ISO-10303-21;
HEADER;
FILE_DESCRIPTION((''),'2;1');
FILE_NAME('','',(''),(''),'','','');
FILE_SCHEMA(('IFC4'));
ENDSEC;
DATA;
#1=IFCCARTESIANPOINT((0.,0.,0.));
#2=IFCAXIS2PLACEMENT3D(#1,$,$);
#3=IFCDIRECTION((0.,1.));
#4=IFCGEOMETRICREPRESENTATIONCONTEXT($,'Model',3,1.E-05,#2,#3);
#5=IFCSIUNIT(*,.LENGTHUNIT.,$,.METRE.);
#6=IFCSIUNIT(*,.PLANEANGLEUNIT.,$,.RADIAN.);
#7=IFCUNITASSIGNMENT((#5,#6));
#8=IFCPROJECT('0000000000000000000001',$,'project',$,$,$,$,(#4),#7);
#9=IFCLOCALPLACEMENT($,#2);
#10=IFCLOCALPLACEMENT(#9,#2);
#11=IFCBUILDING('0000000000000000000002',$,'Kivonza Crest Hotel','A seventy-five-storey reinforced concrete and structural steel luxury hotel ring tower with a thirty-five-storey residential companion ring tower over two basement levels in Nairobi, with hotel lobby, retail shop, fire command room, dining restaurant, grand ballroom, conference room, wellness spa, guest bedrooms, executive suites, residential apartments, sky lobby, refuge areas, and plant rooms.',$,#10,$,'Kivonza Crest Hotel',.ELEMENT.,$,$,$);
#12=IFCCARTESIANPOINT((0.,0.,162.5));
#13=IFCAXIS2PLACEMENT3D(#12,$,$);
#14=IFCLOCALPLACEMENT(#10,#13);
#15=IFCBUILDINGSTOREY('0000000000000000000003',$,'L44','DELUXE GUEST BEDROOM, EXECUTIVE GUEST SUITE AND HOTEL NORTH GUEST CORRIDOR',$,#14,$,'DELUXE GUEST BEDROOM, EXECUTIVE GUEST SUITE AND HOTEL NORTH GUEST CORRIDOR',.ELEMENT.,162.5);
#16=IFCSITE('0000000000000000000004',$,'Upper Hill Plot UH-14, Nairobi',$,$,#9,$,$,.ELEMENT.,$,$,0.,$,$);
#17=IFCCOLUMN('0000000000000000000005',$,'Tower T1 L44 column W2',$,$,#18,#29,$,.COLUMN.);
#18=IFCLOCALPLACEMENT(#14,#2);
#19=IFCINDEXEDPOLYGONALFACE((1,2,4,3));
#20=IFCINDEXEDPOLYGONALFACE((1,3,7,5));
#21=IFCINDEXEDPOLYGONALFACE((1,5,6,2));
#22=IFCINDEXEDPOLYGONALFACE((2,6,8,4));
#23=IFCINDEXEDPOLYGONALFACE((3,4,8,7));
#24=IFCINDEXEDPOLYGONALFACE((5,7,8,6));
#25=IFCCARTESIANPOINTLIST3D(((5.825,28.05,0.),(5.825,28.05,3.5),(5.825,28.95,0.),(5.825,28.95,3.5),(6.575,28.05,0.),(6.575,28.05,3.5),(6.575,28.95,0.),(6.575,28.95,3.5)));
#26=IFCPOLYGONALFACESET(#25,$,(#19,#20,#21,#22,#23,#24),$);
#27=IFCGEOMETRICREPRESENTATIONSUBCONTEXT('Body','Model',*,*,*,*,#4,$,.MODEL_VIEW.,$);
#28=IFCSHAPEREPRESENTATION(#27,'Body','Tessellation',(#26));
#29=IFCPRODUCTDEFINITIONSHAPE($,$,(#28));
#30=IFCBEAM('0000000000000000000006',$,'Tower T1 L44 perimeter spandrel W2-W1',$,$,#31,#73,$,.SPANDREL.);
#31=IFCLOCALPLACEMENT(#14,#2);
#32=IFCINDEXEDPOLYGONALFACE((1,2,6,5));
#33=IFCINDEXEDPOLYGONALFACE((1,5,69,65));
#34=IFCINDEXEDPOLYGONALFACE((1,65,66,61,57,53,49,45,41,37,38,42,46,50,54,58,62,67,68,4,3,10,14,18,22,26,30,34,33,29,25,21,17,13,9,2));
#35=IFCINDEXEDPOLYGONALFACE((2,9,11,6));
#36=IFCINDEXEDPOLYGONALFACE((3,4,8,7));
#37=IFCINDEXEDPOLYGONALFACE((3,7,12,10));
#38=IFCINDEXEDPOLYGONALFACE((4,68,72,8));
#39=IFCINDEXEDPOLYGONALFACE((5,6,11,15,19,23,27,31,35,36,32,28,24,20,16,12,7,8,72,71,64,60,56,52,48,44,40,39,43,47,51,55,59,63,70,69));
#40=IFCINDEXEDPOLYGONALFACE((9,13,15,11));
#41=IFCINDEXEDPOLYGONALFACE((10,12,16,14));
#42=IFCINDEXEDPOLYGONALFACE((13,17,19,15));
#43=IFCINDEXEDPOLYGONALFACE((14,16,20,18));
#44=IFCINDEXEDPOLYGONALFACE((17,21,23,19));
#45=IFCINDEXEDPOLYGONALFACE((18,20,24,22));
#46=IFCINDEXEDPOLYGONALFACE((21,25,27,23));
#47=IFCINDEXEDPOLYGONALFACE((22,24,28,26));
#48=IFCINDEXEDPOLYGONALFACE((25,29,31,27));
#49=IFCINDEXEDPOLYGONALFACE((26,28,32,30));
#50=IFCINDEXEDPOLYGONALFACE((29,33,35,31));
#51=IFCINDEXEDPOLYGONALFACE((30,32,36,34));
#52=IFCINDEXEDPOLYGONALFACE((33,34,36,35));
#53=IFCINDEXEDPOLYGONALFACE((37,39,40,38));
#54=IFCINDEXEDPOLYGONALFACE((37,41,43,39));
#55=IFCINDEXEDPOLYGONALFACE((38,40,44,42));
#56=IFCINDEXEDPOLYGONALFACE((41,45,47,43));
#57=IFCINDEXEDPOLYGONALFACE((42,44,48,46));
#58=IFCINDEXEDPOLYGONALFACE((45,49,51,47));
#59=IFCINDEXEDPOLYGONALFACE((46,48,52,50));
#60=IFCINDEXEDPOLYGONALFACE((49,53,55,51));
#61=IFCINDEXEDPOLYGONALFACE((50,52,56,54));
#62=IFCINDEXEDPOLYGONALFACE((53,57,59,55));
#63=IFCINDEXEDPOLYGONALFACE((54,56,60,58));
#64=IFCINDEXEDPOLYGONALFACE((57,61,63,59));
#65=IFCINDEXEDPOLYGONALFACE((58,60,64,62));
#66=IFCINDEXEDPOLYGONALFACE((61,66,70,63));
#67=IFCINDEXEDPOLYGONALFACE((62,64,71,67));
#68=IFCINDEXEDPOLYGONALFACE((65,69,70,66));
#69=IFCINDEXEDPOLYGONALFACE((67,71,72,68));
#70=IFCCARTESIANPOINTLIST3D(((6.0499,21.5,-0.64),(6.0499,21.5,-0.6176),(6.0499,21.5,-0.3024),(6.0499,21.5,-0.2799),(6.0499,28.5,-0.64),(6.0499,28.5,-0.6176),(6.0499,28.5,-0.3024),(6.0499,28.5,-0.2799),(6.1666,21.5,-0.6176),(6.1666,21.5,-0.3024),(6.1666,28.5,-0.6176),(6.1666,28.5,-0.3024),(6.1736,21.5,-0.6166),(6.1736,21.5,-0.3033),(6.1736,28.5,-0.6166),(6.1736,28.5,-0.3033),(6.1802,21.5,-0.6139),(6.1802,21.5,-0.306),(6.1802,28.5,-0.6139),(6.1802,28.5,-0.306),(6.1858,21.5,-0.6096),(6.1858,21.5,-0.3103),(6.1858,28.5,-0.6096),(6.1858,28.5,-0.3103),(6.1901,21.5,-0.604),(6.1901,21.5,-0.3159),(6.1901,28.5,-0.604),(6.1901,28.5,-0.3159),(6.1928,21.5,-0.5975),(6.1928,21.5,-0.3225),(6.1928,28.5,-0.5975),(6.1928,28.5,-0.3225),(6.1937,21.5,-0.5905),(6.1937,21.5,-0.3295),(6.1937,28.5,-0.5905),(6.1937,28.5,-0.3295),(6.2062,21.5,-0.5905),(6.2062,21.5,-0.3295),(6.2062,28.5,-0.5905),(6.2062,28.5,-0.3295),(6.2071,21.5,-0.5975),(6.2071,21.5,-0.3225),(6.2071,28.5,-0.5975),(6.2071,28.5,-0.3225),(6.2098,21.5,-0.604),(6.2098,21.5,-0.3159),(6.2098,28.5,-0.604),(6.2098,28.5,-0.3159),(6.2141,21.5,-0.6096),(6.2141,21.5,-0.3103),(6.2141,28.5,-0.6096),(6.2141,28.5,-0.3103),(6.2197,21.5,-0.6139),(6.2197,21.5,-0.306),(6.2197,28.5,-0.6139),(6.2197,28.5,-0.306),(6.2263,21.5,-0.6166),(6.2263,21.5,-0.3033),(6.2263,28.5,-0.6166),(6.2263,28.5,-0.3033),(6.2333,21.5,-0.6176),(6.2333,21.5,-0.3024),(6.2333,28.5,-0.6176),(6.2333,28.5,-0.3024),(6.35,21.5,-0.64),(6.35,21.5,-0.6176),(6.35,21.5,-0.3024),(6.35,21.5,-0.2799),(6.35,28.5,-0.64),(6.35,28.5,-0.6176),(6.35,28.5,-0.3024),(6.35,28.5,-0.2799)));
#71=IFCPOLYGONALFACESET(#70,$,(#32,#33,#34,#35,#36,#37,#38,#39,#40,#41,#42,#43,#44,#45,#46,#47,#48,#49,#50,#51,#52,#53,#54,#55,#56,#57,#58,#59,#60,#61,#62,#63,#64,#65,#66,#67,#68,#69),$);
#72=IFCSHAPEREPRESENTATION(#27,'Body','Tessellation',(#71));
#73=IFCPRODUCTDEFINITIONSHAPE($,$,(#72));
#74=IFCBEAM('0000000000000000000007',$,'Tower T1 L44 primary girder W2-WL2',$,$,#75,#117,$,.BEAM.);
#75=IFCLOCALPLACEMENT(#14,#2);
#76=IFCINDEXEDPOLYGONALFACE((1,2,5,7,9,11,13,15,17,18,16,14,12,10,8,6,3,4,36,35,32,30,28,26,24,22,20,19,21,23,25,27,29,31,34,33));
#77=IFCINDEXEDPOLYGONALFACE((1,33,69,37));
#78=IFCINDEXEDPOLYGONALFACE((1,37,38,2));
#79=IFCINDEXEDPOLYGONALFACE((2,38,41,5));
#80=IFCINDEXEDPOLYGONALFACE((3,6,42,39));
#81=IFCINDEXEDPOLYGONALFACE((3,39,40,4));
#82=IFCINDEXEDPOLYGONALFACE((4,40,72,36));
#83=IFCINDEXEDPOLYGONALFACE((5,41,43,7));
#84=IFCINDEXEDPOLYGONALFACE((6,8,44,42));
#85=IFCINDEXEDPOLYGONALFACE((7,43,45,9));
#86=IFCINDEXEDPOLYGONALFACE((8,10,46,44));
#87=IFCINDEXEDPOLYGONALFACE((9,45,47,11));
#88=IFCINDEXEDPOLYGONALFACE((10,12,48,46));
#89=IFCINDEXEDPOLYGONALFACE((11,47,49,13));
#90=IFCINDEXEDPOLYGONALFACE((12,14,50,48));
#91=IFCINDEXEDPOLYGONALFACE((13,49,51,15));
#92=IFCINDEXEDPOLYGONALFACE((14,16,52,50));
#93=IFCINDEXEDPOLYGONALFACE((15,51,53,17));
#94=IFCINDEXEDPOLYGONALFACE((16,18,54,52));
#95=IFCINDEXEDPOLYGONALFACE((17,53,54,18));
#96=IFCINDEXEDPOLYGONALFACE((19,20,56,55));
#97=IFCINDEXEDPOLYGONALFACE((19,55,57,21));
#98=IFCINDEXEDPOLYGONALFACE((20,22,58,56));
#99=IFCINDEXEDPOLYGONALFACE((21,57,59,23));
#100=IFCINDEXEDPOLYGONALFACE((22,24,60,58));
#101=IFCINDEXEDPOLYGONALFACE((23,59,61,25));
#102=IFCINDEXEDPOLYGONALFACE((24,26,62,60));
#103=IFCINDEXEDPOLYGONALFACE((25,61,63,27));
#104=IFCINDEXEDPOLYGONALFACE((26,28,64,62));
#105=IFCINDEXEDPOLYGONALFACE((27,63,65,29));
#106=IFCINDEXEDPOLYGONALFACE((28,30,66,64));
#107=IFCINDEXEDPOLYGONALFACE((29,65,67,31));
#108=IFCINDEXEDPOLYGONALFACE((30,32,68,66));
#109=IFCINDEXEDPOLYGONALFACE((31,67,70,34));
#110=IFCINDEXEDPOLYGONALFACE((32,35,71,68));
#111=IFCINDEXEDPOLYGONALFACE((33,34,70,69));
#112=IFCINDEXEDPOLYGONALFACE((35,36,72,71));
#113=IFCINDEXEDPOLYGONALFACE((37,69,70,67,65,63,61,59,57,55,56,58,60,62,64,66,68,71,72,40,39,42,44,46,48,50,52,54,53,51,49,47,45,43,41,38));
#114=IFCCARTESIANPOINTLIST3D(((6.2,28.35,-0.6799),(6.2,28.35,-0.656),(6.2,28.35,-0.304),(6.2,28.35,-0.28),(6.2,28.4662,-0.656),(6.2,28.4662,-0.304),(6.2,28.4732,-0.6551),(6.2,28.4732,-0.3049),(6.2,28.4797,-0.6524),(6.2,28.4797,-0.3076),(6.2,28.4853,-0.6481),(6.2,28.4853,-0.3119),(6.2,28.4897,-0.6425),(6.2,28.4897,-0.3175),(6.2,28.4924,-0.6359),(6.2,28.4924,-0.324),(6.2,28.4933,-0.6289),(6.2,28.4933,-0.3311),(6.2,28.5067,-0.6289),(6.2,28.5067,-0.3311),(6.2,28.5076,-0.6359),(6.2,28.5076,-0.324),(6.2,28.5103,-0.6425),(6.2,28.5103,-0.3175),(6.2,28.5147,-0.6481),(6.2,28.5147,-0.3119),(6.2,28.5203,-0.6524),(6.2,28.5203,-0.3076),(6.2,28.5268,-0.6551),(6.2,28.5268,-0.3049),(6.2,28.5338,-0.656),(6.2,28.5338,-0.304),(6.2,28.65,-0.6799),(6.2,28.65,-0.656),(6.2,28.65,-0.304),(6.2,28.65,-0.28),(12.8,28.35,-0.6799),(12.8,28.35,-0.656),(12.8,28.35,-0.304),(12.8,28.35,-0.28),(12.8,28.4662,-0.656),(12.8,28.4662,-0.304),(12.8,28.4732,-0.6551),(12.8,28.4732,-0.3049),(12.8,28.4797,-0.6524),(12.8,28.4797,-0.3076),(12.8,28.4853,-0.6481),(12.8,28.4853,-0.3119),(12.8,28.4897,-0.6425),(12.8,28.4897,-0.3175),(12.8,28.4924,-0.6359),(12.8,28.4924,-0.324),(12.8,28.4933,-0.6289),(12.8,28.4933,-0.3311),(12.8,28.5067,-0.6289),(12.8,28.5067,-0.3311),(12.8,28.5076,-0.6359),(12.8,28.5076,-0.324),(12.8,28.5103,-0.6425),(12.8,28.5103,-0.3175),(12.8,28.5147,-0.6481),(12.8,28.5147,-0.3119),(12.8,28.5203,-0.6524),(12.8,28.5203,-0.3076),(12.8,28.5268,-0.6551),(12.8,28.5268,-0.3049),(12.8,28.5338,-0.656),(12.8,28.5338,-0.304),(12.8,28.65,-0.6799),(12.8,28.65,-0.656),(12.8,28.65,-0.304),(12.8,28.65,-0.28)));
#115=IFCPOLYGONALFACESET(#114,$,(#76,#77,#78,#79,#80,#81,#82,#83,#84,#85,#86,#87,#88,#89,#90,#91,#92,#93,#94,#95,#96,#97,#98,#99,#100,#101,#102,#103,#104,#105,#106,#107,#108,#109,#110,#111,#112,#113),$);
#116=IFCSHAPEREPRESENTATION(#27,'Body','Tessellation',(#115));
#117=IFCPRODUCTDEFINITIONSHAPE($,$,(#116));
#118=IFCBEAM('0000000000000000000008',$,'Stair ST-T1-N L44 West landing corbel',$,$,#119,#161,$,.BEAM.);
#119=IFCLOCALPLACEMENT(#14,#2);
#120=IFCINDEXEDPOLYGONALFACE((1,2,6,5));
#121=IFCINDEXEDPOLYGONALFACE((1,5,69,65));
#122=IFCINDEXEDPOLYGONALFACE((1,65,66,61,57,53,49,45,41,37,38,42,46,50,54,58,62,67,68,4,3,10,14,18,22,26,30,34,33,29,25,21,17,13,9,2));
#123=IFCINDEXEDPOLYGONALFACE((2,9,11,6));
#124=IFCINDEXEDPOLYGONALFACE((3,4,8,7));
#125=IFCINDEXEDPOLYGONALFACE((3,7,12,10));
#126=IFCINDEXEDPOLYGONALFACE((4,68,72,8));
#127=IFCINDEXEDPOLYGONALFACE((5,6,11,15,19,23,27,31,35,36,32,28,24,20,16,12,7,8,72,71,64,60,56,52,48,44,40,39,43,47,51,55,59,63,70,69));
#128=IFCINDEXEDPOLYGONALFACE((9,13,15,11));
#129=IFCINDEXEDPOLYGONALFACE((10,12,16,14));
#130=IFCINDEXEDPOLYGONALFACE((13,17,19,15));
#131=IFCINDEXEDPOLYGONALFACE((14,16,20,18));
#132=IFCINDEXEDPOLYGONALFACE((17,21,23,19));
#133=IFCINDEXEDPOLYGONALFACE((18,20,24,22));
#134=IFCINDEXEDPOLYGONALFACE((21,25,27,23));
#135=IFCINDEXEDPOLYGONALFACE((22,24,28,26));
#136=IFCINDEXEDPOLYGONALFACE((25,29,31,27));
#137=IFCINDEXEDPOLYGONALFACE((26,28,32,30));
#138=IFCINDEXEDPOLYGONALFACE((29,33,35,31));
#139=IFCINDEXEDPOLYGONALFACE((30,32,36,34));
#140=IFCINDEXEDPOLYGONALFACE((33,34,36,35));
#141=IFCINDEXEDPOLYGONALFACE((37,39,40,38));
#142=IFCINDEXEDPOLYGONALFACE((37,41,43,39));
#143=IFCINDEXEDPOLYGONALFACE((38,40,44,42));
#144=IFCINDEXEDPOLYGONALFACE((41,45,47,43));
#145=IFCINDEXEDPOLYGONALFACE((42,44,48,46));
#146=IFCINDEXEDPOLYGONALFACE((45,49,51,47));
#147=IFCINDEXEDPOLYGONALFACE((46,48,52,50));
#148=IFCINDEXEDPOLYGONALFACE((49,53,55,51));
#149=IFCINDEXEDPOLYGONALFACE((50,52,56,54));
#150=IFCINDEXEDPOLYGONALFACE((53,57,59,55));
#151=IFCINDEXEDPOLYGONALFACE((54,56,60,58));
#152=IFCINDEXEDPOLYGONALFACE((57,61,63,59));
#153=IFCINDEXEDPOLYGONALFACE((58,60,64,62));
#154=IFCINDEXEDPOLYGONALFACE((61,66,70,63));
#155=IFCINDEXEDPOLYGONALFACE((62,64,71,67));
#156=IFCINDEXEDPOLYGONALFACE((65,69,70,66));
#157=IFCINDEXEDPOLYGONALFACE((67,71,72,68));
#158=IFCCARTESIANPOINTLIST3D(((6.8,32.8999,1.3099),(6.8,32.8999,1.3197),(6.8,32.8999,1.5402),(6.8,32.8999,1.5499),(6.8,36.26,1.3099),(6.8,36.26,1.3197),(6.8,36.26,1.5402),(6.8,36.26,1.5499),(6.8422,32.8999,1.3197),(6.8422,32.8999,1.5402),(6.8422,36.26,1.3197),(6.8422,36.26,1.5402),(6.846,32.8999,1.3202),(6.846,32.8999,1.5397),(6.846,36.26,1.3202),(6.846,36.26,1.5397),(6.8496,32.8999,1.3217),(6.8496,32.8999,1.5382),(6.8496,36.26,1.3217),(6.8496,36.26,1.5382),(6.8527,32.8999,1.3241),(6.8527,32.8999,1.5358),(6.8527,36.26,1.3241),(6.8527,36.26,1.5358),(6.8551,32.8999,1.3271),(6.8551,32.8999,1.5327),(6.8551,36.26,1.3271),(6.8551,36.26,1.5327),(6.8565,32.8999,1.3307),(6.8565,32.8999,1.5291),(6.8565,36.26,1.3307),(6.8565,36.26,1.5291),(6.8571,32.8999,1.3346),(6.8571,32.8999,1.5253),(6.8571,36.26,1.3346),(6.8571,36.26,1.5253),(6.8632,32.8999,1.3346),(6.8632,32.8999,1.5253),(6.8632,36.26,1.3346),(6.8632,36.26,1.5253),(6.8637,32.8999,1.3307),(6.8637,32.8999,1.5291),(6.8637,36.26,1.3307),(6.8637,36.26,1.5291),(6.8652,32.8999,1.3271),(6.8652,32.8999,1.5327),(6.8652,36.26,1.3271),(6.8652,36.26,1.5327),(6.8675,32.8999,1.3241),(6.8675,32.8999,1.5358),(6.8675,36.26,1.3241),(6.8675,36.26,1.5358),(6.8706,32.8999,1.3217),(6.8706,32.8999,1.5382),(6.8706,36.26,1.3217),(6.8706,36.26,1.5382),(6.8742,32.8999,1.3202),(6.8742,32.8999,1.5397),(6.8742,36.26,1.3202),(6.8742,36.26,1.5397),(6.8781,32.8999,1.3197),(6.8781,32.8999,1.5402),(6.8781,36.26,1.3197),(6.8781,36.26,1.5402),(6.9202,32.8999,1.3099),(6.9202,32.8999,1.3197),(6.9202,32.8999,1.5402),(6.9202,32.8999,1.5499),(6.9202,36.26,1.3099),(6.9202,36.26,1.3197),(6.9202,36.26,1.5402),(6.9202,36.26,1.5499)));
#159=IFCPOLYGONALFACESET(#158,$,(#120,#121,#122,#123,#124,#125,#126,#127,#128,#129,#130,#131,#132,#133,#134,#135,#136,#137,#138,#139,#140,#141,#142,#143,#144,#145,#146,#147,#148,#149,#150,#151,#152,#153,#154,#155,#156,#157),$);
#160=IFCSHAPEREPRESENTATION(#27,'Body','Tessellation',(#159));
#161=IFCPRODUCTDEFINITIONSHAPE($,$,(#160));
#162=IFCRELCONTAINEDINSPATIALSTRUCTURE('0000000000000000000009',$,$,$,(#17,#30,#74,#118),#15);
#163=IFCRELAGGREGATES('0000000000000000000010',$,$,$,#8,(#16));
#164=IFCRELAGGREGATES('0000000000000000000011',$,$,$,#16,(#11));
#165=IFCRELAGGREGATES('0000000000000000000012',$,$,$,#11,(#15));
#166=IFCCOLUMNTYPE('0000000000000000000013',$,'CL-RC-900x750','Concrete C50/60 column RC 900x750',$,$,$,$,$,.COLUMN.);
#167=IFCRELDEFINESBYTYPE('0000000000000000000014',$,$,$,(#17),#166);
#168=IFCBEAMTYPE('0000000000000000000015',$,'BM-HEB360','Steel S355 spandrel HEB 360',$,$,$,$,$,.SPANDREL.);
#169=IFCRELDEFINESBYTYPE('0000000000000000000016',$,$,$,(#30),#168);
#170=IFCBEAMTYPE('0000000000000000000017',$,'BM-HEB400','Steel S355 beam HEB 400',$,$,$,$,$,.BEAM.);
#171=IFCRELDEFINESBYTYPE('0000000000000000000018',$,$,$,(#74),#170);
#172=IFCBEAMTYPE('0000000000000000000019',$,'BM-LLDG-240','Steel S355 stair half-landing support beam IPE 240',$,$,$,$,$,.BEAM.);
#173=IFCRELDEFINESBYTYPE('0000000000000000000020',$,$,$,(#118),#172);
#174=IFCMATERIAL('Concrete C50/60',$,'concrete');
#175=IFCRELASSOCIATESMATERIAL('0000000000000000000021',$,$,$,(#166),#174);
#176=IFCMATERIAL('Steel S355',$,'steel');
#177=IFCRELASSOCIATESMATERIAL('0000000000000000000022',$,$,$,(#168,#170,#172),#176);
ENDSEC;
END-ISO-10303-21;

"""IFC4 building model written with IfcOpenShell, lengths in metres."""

from ifc_helpers import new_model, si_unit, direction, frame, origin, origin_2d, place, context, subcontext, project, spatial, rectangle, i_section, extrude, material, material_profile, profile_set, type_object, element, save


model = new_model("IFC4")

# Units and contexts
model_context = context("Model", 3, precision=1e-05, world=origin(), true_north=direction((0.0, 1.0)))
body_context = subcontext(model_context, "Body", "Model", "MODEL_VIEW")
ifc_project = project(units=[si_unit("LENGTHUNIT", "METRE"), si_unit("PLANEANGLEUNIT", "RADIAN")], contexts=[model_context])

# Site, building, storey
site_placement = place(None, origin())
site = spatial("IfcSite", under=ifc_project, at=site_placement, Name="Upper Hill Plot UH-14, Nairobi", CompositionType="ELEMENT", RefElevation=0.0)
building_placement = place(site_placement, origin())
building = spatial("IfcBuilding", under=site, at=building_placement, Name="Kivonza Crest Hotel", Description="A seventy-five-storey reinforced concrete and structural steel luxury hotel ring tower with a thirty-five-storey residential companion ring tower over two basement levels in Nairobi, with hotel lobby, retail shop, fire command room, dining restaurant, grand ballroom, conference room, wellness spa, guest bedrooms, executive suites, residential apartments, sky lobby, refuge areas, and plant rooms.", LongName="Kivonza Crest Hotel", CompositionType="ELEMENT")
storey_placement = place(building_placement, frame((0.0, 0.0, 162.5)))
storey = spatial("IfcBuildingStorey", under=building, at=storey_placement, Name="L44", Description="DELUXE GUEST BEDROOM, EXECUTIVE GUEST SUITE AND HOTEL NORTH GUEST CORRIDOR", LongName="DELUXE GUEST BEDROOM, EXECUTIVE GUEST SUITE AND HOTEL NORTH GUEST CORRIDOR", CompositionType="ELEMENT", Elevation=162.5)

# Column
ifc_material_1 = material(Name="Concrete C50/60", Category="concrete")
ifc_material_profile_1 = material_profile(ifc_material_1, rectangle(XDim=0.75, YDim=0.8999, at=origin_2d()), Name="RC 900x750")
ifc_profile_set_1 = profile_set([ifc_material_profile_1], Name="Concrete C50/60")
column_type = type_object("IfcColumnType", Name="CL-RC-900x750", Description="Concrete C50/60 column RC 900x750", PredefinedType="COLUMN", material=ifc_profile_set_1)
column_placement = place(storey_placement, frame((6.2, 28.5, 0.0), z_axis=(0.0, 0.0, 1.0), x_axis=(1.0, 0.0, 0.0)))
element("IfcColumn", 1, at=column_placement, inside=storey, type_object=column_type, Name="Tower T1 L44 column W2", PredefinedType="COLUMN", context=body_context, shape_type="SweptSolid", body=[
    extrude(rectangle(XDim=0.75, YDim=0.8999, at=origin_2d()), origin(), (0.0, 0.0, 1.0), 3.5),
])

# Beams
ifc_material_2 = material(Name="Steel S355", Category="steel")
ifc_material_profile_2 = material_profile(ifc_material_2, i_section(OverallWidth=0.3, OverallDepth=0.3601, WebThickness=0.0125, FlangeThickness=0.0225, FilletRadius=0.0271, at=origin_2d()), Name="HEB 360")
ifc_profile_set_2 = profile_set([ifc_material_profile_2], Name="Steel S355")
beam_type_1 = type_object("IfcBeamType", Name="BM-HEB360", Description="Steel S355 spandrel HEB 360", PredefinedType="SPANDREL", material=ifc_profile_set_2)
beam_1_placement = place(storey_placement, frame((6.2, 28.5, -0.46), z_axis=(0.0, -1.0, 0.0), x_axis=(1.0, 0.0, 0.0)))
element("IfcBeam", 2, at=beam_1_placement, inside=storey, type_object=beam_type_1, Name="Tower T1 L44 perimeter spandrel W2-W1", PredefinedType="SPANDREL", context=body_context, shape_type="SweptSolid", body=[
    extrude(i_section(OverallWidth=0.3, OverallDepth=0.3601, WebThickness=0.0125, FlangeThickness=0.0225, FilletRadius=0.0271, at=origin_2d()), origin(), (0.0, 0.0, 1.0), 7.0),
])
ifc_material_profile_3 = material_profile(ifc_material_2, i_section(OverallWidth=0.3, OverallDepth=0.3999, WebThickness=0.0134, FlangeThickness=0.0239, FilletRadius=0.0271, at=origin_2d()), Name="HEB 400")
ifc_profile_set_3 = profile_set([ifc_material_profile_3], Name="Steel S355")
beam_type_2 = type_object("IfcBeamType", Name="BM-HEB400", Description="Steel S355 beam HEB 400", PredefinedType="BEAM", material=ifc_profile_set_3)
beam_2_placement = place(storey_placement, frame((6.2, 28.5, -0.48), z_axis=(1.0, 0.0, 0.0), x_axis=(0.0, 1.0, 0.0)))
element("IfcBeam", 3, at=beam_2_placement, inside=storey, type_object=beam_type_2, Name="Tower T1 L44 primary girder W2-WL2", PredefinedType="BEAM", context=body_context, shape_type="SweptSolid", body=[
    extrude(i_section(OverallWidth=0.3, OverallDepth=0.3999, WebThickness=0.0134, FlangeThickness=0.0239, FilletRadius=0.0271, at=origin_2d()), origin(), (0.0, 0.0, 1.0), 6.6001),
])
ifc_material_profile_4 = material_profile(ifc_material_2, i_section(OverallWidth=0.1201, OverallDepth=0.24, WebThickness=0.0061, FlangeThickness=0.0098, FilletRadius=0.0149, at=origin_2d()), Name="IPE 240")
ifc_profile_set_4 = profile_set([ifc_material_profile_4], Name="Steel S355")
beam_type_3 = type_object("IfcBeamType", Name="BM-LLDG-240", Description="Steel S355 stair half-landing support beam IPE 240", PredefinedType="BEAM", material=ifc_profile_set_4)
beam_3_placement = place(storey_placement, frame((6.8601, 32.8999, 1.4299), z_axis=(0.0, 1.0, 0.0), x_axis=(-1.0, 0.0, 0.0)))
element("IfcBeam", 4, at=beam_3_placement, inside=storey, type_object=beam_type_3, Name="Stair ST-T1-N L44 West landing corbel", PredefinedType="BEAM", context=body_context, shape_type="SweptSolid", body=[
    extrude(i_section(OverallWidth=0.1201, OverallDepth=0.24, WebThickness=0.0061, FlangeThickness=0.0098, FilletRadius=0.0149, at=origin_2d()), origin(), (0.0, 0.0, 1.0), 3.3601),
])

save(model, "model.ifc")
